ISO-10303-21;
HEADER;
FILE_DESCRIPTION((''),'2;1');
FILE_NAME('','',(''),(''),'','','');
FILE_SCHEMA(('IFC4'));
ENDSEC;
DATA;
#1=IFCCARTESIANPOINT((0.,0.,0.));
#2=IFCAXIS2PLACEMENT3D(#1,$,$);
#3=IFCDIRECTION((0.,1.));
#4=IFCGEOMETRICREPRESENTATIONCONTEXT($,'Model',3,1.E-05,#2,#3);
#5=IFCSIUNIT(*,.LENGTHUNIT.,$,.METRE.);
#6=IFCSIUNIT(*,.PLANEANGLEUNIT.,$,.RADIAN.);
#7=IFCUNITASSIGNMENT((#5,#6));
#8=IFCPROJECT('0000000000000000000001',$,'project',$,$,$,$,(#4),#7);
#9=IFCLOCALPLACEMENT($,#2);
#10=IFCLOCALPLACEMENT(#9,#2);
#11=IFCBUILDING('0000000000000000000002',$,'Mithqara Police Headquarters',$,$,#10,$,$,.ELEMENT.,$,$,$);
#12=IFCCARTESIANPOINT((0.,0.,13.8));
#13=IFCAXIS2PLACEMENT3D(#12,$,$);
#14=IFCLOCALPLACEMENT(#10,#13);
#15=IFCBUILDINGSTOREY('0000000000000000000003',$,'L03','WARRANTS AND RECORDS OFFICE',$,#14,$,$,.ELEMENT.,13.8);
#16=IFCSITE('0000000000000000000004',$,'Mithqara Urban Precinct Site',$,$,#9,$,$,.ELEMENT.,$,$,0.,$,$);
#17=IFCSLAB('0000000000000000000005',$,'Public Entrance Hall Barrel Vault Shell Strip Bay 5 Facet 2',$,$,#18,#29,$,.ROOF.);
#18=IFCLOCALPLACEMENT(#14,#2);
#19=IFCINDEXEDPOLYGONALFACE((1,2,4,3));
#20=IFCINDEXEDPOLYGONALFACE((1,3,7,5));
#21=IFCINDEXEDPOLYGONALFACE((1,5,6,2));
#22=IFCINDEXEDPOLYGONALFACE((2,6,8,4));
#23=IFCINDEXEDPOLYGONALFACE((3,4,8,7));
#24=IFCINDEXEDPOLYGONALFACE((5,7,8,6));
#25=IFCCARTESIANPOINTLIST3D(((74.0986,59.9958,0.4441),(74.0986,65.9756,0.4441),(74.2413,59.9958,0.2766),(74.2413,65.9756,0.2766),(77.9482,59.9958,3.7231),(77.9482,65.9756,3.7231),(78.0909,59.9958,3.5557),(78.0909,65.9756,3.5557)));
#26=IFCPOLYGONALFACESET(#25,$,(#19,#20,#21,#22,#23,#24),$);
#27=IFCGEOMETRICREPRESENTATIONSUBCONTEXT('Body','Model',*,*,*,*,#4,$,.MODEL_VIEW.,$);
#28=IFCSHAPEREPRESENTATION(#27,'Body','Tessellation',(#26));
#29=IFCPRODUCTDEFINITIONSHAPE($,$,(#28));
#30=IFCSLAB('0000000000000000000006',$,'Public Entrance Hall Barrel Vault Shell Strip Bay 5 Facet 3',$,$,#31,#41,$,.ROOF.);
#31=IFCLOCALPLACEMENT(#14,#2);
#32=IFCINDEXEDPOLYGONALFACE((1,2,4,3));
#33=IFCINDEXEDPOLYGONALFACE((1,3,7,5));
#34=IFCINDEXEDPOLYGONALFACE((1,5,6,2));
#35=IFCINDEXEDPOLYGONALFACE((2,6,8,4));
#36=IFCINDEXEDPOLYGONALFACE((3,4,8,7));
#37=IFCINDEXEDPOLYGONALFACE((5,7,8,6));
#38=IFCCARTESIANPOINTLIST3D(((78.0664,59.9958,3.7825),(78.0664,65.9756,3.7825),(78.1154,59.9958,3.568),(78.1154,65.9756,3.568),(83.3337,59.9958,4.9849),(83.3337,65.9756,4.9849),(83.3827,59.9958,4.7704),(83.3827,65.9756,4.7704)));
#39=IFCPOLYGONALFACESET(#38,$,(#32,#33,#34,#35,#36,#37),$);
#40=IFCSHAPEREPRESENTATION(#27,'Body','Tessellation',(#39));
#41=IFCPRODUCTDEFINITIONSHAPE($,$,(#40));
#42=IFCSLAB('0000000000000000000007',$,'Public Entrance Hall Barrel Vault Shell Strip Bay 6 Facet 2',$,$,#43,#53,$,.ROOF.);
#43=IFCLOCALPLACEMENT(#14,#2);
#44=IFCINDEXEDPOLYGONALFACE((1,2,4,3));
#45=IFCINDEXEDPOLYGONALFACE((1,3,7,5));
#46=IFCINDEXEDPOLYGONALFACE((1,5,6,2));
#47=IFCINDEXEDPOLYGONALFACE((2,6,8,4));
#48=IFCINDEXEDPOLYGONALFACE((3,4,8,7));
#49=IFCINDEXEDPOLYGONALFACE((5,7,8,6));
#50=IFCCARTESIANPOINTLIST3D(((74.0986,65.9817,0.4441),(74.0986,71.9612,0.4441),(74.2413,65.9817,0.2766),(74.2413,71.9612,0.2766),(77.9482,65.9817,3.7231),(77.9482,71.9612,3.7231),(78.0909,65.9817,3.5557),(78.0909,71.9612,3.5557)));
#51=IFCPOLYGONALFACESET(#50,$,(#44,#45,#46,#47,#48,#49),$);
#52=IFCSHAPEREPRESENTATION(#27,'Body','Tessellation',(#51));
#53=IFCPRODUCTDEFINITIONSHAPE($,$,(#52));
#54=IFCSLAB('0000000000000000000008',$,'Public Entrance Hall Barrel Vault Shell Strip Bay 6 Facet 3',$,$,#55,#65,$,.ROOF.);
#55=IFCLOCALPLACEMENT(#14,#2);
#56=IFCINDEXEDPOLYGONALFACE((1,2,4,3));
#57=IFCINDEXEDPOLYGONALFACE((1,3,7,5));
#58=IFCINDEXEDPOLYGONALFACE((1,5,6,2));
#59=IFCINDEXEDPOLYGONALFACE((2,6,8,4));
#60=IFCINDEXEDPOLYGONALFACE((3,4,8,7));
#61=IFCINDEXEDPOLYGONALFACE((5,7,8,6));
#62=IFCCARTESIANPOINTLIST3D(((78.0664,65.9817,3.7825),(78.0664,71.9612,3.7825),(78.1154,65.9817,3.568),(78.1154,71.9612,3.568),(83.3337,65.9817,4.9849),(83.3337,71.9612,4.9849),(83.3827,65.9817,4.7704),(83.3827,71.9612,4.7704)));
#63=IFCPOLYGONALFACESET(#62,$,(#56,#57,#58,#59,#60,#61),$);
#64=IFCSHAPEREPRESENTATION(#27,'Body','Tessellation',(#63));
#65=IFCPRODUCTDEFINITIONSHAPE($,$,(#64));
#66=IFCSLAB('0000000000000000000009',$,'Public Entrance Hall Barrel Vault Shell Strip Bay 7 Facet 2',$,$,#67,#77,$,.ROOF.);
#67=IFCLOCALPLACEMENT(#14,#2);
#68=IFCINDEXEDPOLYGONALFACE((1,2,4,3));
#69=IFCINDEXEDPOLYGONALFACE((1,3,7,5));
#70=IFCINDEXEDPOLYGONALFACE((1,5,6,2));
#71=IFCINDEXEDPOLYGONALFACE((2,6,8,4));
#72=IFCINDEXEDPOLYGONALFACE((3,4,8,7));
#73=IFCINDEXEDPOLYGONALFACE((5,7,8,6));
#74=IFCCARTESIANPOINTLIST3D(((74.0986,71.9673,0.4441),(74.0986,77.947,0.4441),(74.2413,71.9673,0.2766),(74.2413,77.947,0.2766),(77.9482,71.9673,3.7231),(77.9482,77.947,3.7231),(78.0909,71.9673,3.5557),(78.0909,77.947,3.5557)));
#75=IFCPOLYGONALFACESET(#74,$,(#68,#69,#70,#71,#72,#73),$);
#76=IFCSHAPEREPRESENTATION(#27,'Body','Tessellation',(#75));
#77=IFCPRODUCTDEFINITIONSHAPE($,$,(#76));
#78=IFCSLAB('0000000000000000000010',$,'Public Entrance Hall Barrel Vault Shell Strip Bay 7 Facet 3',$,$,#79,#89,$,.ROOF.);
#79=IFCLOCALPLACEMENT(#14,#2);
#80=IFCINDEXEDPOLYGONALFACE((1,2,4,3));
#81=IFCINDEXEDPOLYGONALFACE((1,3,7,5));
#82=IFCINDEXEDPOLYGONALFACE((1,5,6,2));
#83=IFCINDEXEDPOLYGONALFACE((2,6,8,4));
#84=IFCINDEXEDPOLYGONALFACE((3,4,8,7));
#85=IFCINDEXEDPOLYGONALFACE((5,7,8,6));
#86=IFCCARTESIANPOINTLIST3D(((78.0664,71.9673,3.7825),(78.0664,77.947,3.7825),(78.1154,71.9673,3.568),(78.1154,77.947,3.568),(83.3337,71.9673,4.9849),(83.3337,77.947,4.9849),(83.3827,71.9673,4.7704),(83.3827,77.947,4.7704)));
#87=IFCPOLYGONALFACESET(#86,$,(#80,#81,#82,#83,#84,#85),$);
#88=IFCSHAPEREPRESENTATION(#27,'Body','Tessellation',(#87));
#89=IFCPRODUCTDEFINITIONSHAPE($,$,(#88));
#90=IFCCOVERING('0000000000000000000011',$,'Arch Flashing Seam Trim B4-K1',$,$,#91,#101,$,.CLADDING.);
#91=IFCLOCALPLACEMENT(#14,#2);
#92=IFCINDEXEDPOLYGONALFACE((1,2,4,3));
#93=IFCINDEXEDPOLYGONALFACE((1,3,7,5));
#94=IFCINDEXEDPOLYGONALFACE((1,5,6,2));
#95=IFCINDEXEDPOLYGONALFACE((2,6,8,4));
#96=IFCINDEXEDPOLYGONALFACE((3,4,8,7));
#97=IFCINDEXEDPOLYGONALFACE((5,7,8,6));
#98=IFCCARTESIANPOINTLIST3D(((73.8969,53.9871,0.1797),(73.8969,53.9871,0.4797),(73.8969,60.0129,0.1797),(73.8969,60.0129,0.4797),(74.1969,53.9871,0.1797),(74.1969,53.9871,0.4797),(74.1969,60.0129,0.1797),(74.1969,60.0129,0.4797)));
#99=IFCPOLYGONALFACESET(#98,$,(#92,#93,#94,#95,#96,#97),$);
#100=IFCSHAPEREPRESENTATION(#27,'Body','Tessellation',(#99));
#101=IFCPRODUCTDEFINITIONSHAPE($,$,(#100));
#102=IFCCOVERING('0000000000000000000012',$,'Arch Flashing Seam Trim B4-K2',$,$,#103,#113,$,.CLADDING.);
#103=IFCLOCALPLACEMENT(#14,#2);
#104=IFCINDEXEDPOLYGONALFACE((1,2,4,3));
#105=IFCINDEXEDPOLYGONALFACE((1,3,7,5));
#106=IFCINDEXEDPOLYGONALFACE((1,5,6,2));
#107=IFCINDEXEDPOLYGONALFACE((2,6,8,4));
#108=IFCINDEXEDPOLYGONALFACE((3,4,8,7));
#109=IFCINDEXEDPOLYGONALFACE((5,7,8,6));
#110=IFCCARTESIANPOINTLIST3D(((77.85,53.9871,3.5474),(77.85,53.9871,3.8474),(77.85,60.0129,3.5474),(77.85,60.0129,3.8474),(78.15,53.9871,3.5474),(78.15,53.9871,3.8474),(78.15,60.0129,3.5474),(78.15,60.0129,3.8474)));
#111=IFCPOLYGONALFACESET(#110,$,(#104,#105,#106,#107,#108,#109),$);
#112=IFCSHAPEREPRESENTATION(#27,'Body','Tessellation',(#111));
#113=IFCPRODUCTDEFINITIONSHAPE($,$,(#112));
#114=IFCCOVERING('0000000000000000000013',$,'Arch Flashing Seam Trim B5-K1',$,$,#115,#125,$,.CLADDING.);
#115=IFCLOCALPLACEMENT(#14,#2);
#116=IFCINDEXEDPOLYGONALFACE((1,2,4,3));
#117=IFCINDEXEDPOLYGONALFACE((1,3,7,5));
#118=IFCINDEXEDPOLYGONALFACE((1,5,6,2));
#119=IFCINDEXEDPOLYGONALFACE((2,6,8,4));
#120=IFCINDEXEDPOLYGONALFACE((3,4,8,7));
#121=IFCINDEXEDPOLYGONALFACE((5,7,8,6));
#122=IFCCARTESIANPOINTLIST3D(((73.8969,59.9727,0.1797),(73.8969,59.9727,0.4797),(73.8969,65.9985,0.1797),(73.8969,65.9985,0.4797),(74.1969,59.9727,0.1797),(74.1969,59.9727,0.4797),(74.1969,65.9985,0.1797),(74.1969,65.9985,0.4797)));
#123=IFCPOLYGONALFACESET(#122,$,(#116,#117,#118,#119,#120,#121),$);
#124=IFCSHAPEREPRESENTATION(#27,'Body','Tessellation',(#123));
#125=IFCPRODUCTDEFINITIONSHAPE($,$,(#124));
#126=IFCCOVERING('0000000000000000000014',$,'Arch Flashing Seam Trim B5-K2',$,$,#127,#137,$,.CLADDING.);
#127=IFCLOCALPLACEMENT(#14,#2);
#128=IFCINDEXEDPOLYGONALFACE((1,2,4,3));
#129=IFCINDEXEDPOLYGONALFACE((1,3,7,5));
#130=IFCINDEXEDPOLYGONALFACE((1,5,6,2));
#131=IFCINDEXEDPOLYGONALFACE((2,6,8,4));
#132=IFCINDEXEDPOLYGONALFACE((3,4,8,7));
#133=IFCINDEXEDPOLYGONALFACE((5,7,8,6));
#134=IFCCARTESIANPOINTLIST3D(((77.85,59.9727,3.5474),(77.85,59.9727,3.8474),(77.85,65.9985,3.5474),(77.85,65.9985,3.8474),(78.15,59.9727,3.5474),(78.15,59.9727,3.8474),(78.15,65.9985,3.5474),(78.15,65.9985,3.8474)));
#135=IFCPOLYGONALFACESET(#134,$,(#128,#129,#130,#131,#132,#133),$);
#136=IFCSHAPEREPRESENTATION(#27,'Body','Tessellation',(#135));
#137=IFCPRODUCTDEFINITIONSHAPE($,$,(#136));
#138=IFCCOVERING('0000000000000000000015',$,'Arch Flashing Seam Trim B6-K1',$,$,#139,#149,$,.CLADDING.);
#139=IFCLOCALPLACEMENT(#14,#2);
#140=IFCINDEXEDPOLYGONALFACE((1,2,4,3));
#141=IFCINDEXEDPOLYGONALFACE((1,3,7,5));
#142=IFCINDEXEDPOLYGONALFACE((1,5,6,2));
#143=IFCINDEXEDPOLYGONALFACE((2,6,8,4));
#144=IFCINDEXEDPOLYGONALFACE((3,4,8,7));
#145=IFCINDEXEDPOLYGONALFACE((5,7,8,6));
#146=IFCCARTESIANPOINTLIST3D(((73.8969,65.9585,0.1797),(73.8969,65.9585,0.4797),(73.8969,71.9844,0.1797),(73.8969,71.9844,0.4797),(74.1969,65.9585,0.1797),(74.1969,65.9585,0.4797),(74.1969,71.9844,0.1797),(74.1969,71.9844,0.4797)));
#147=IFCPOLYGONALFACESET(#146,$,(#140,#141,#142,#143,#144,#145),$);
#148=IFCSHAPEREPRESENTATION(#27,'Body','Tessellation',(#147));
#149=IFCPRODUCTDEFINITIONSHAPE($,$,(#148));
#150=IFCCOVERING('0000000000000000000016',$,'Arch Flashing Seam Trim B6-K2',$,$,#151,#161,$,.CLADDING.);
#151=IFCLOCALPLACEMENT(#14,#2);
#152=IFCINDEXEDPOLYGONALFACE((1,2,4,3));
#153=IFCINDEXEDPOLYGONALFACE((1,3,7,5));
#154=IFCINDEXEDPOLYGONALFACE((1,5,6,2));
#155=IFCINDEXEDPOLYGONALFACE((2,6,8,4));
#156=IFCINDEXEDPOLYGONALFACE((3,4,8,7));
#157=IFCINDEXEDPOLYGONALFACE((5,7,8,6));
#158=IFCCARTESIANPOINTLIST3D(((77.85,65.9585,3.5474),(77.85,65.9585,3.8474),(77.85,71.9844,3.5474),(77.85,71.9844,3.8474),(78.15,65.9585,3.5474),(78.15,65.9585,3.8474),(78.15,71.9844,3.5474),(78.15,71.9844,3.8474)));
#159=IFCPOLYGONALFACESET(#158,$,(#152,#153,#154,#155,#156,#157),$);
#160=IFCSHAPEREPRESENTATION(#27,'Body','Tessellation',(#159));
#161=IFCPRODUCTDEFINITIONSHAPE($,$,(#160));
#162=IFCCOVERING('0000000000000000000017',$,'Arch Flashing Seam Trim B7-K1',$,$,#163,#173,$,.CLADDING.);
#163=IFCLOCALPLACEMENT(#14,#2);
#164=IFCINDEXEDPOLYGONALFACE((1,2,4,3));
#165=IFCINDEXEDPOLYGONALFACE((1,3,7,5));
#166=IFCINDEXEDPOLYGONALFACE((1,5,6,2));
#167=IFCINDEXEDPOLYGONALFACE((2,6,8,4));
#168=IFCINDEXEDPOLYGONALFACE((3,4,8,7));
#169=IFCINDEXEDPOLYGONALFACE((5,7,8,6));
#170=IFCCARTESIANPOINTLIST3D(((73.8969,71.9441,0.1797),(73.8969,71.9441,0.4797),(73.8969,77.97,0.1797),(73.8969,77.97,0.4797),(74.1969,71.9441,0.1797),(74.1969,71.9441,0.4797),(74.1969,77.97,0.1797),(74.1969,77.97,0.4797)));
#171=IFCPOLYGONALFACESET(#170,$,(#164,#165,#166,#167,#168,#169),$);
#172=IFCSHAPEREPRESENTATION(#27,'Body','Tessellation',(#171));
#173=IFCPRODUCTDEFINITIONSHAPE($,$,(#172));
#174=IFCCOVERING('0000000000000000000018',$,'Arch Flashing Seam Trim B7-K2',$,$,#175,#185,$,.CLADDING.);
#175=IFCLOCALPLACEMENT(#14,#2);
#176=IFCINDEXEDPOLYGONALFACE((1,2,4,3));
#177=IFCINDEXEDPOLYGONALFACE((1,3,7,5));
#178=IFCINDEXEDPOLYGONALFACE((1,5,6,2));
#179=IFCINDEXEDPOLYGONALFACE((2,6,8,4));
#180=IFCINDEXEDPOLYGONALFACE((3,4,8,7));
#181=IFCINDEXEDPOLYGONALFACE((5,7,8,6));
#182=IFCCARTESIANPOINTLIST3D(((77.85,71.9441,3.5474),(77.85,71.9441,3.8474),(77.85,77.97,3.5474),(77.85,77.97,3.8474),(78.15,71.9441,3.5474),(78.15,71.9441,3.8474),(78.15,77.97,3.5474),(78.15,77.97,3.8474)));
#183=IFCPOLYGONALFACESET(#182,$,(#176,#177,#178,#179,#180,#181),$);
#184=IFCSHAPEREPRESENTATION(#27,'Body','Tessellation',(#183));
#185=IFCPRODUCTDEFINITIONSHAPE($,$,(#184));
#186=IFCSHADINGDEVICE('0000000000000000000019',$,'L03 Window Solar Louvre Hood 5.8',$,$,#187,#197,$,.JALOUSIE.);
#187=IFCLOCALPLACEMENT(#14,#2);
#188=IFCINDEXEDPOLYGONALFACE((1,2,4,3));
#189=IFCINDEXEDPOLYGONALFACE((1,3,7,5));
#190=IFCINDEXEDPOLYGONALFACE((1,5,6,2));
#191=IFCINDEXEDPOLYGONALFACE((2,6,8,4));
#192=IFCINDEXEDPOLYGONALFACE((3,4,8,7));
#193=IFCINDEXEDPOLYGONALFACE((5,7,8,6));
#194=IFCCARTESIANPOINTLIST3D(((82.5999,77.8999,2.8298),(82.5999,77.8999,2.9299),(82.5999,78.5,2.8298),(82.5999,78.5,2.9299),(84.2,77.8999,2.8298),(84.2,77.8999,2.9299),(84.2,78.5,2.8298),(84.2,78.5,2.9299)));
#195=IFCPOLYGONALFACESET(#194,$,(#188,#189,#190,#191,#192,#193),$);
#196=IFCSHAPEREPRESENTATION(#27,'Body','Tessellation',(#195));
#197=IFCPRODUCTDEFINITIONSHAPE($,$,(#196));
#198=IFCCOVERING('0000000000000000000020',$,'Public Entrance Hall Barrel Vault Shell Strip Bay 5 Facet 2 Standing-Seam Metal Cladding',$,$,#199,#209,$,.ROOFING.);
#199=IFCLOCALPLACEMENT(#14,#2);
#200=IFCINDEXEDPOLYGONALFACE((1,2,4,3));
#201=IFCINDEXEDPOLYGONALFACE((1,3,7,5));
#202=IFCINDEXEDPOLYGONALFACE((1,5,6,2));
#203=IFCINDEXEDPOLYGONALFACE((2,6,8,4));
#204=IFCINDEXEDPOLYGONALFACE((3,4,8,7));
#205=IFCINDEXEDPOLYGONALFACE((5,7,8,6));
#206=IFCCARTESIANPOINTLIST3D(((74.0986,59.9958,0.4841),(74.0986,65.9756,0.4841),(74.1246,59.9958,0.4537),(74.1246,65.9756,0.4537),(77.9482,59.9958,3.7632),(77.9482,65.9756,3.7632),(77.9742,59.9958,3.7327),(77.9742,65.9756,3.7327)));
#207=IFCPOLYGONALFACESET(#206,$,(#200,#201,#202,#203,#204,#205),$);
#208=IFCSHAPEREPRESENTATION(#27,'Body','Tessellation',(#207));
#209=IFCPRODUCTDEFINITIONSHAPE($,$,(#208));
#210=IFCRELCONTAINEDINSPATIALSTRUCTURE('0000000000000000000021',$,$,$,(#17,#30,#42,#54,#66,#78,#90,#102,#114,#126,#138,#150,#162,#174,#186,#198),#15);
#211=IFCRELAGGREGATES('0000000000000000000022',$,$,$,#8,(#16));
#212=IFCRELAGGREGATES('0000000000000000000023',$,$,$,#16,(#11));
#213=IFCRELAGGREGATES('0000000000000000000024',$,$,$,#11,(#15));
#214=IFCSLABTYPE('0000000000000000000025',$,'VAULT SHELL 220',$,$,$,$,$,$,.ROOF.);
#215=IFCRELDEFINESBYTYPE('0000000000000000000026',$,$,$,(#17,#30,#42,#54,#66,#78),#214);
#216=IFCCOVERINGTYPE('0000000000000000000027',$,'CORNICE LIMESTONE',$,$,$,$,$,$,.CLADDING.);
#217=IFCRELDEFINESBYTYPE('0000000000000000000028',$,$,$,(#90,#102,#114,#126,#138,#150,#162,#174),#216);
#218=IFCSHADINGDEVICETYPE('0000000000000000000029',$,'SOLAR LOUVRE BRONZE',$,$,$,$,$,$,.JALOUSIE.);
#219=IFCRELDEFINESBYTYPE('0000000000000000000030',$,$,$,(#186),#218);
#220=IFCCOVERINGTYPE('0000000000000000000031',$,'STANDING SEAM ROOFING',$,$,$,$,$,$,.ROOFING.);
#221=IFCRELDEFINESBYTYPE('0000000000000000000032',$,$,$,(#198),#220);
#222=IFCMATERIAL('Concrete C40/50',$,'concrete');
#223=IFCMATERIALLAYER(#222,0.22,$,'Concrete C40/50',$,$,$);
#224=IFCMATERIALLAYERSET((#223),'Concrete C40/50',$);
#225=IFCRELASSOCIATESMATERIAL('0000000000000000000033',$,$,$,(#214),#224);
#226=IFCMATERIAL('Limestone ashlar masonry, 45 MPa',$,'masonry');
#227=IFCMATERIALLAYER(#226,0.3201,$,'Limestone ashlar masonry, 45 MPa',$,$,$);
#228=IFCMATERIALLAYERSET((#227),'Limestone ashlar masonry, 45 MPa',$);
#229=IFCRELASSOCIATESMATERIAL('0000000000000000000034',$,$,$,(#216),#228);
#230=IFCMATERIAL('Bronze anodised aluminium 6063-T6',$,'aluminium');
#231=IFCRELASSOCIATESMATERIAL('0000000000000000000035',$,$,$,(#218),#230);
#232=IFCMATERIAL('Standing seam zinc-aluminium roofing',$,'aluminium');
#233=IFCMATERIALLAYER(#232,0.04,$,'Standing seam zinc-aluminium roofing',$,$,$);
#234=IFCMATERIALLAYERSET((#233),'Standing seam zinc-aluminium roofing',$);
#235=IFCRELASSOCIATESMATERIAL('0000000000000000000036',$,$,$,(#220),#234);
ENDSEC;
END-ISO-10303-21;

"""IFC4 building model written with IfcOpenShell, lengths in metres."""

from ifc_helpers import new_model, si_unit, direction, frame, origin, origin_2d, place, context, subcontext, project, spatial, polyline, rectangle, outline, extrude, material, layer, layer_set, type_object, element, save


model = new_model("IFC4")

# Units and contexts
model_context = context("Model", 3, precision=1e-05, world=origin(), true_north=direction((0.0, 1.0)))
body_context = subcontext(model_context, "Body", "Model", "MODEL_VIEW")
ifc_project = project(units=[si_unit("LENGTHUNIT", "METRE"), si_unit("PLANEANGLEUNIT", "RADIAN")], contexts=[model_context])

# Site, building, storey
site_placement = place(None, origin())
site = spatial("IfcSite", under=ifc_project, at=site_placement, Name="Mithqara Urban Precinct Site", CompositionType="ELEMENT", RefElevation=0.0)
building_placement = place(site_placement, origin())
building = spatial("IfcBuilding", under=site, at=building_placement, Name="Mithqara Police Headquarters", CompositionType="ELEMENT")
storey_placement = place(building_placement, frame((0.0, 0.0, 13.8)))
storey = spatial("IfcBuildingStorey", under=building, at=storey_placement, Name="L03", Description="WARRANTS AND RECORDS OFFICE", CompositionType="ELEMENT", Elevation=13.8)

# Slabs
ifc_material_1 = material(Name="Concrete C40/50", Category="concrete")
ifc_layer_1 = layer(ifc_material_1, 0.22, Name="Concrete C40/50")
ifc_layer_set_1 = layer_set([ifc_layer_1], Name="Concrete C40/50")
slab_type = type_object("IfcSlabType", Name="VAULT SHELL 220", PredefinedType="ROOF", material=ifc_layer_set_1)
slab_1_placement = place(storey_placement, frame((74.0986, 59.9958, 0.4441), z_axis=(-0.648438, 0.0, 0.761267), x_axis=(0.761267, 0.0, 0.648438)))
element("IfcSlab", 1, at=slab_1_placement, inside=storey, type_object=slab_type, Name="Public Entrance Hall Barrel Vault Shell Strip Bay 5 Facet 2", PredefinedType="ROOF", context=body_context, shape_type="SweptSolid", body=[
    extrude(outline(polyline([(0.0, 0.0), (5.0568, 0.0), (5.0568, 5.9797), (0.0, 5.9797), (0.0, 0.0)])), origin(), (0.0, 0.0, -1.0), 0.22),
])
slab_2_placement = place(storey_placement, frame((78.0664, 59.9958, 3.7825), z_axis=(-0.222549, 0.0, 0.974922), x_axis=(0.974922, 0.0, 0.222549)))
element("IfcSlab", 2, at=slab_2_placement, inside=storey, type_object=slab_type, Name="Public Entrance Hall Barrel Vault Shell Strip Bay 5 Facet 3", PredefinedType="ROOF", context=body_context, shape_type="SweptSolid", body=[
    extrude(outline(polyline([(0.0, 0.0), (5.4028, 0.0), (5.4028, 5.9797), (0.0, 5.9797), (0.0, 0.0)])), origin(), (0.0, 0.0, -1.0), 0.22),
])
slab_3_placement = place(storey_placement, frame((74.0986, 65.9817, 0.4441), z_axis=(-0.648438, 0.0, 0.761267), x_axis=(0.761267, 0.0, 0.648438)))
element("IfcSlab", 3, at=slab_3_placement, inside=storey, type_object=slab_type, Name="Public Entrance Hall Barrel Vault Shell Strip Bay 6 Facet 2", PredefinedType="ROOF", context=body_context, shape_type="SweptSolid", body=[
    extrude(outline(polyline([(0.0, 0.0), (5.0568, 0.0), (5.0568, 5.9795), (0.0, 5.9795), (0.0, 0.0)])), origin(), (0.0, 0.0, -1.0), 0.22),
])
slab_4_placement = place(storey_placement, frame((78.0664, 65.9817, 3.7825), z_axis=(-0.222549, 0.0, 0.974922), x_axis=(0.974922, 0.0, 0.222549)))
element("IfcSlab", 4, at=slab_4_placement, inside=storey, type_object=slab_type, Name="Public Entrance Hall Barrel Vault Shell Strip Bay 6 Facet 3", PredefinedType="ROOF", context=body_context, shape_type="SweptSolid", body=[
    extrude(outline(polyline([(0.0, 0.0), (5.4028, 0.0), (5.4028, 5.9795), (0.0, 5.9795), (0.0, 0.0)])), origin(), (0.0, 0.0, -1.0), 0.22),
])
slab_5_placement = place(storey_placement, frame((74.0986, 71.9673, 0.4441), z_axis=(-0.648438, 0.0, 0.761267), x_axis=(0.761267, 0.0, 0.648438)))
element("IfcSlab", 5, at=slab_5_placement, inside=storey, type_object=slab_type, Name="Public Entrance Hall Barrel Vault Shell Strip Bay 7 Facet 2", PredefinedType="ROOF", context=body_context, shape_type="SweptSolid", body=[
    extrude(outline(polyline([(0.0, 0.0), (5.0568, 0.0), (5.0568, 5.9797), (0.0, 5.9797), (0.0, 0.0)])), origin(), (0.0, 0.0, -1.0), 0.22),
])
slab_6_placement = place(storey_placement, frame((78.0664, 71.9673, 3.7825), z_axis=(-0.222549, 0.0, 0.974922), x_axis=(0.974922, 0.0, 0.222549)))
element("IfcSlab", 6, at=slab_6_placement, inside=storey, type_object=slab_type, Name="Public Entrance Hall Barrel Vault Shell Strip Bay 7 Facet 3", PredefinedType="ROOF", context=body_context, shape_type="SweptSolid", body=[
    extrude(outline(polyline([(0.0, 0.0), (5.4028, 0.0), (5.4028, 5.9797), (0.0, 5.9797), (0.0, 0.0)])), origin(), (0.0, 0.0, -1.0), 0.22),
])

# Coverings
ifc_material_2 = material(Name="Limestone ashlar masonry, 45 MPa", Category="masonry")
ifc_layer_2 = layer(ifc_material_2, 0.3201, Name="Limestone ashlar masonry, 45 MPa")
ifc_layer_set_2 = layer_set([ifc_layer_2], Name="Limestone ashlar masonry, 45 MPa")
covering_type_1 = type_object("IfcCoveringType", Name="CORNICE LIMESTONE", PredefinedType="CLADDING", material=ifc_layer_set_2)
for number, where, z_axis, x_axis, name in (
    (7, (74.0469, 57.0, 0.1797), (0.0, 0.0, 1.0), (1.0, 0.0, 0.0), "Arch Flashing Seam Trim B4-K1"),
    (8, (78.0, 57.0, 3.5474), (0.0, 0.0, 1.0), (1.0, 0.0, 0.0), "Arch Flashing Seam Trim B4-K2"),
    (9, (74.0469, 62.9856, 0.1797), (0.0, 0.0, 1.0), (1.0, 0.0, 0.0), "Arch Flashing Seam Trim B5-K1"),
    (10, (78.0, 62.9856, 3.5474), (0.0, 0.0, 1.0), (1.0, 0.0, 0.0), "Arch Flashing Seam Trim B5-K2"),
    (11, (74.0469, 68.9714, 0.1797), (0.0, 0.0, 1.0), (1.0, 0.0, 0.0), "Arch Flashing Seam Trim B6-K1"),
    (12, (78.0, 68.9714, 3.5474), (0.0, 0.0, 1.0), (1.0, 0.0, 0.0), "Arch Flashing Seam Trim B6-K2"),
    (13, (74.0469, 74.957, 0.1797), (0.0, 0.0, 1.0), (1.0, 0.0, 0.0), "Arch Flashing Seam Trim B7-K1"),
    (14, (78.0, 74.957, 3.5474), (0.0, 0.0, 1.0), (1.0, 0.0, 0.0), "Arch Flashing Seam Trim B7-K2"),
):
    element("IfcCovering", number, at=place(storey_placement, frame(where, z_axis=z_axis, x_axis=x_axis)), inside=storey, type_object=covering_type_1, Name=name, PredefinedType="CLADDING", context=body_context, shape_type="SweptSolid", body=[
        extrude(rectangle(XDim=0.3, YDim=6.0259, at=origin_2d()), origin(), (0.0, 0.0, 1.0), 0.3),
    ])

# Shading device
ifc_material_3 = material(Name="Bronze anodised aluminium 6063-T6", Category="aluminium")
shading_device_type = type_object("IfcShadingDeviceType", Name="SOLAR LOUVRE BRONZE", PredefinedType="JALOUSIE", material=ifc_material_3)
shading_device_placement = place(storey_placement, frame((83.3999, 78.2, 2.8298), z_axis=(0.0, 0.0, 1.0), x_axis=(1.0, 0.0, 0.0)))
element("IfcShadingDevice", 15, at=shading_device_placement, inside=storey, type_object=shading_device_type, Name="L03 Window Solar Louvre Hood 5.8", PredefinedType="JALOUSIE", context=body_context, shape_type="SweptSolid", body=[
    extrude(rectangle(XDim=1.6001, YDim=0.6001, at=origin_2d()), origin(), (0.0, 0.0, 1.0), 0.1001),
])

# Covering
ifc_material_4 = material(Name="Standing seam zinc-aluminium roofing", Category="aluminium")
ifc_layer_3 = layer(ifc_material_4, 0.04, Name="Standing seam zinc-aluminium roofing")
ifc_layer_set_3 = layer_set([ifc_layer_3], Name="Standing seam zinc-aluminium roofing")
covering_type_2 = type_object("IfcCoveringType", Name="STANDING SEAM ROOFING", PredefinedType="ROOFING", material=ifc_layer_set_3)
covering_1_placement = place(storey_placement, frame((74.0986, 59.9958, 0.4841), z_axis=(-0.648438, 0.0, 0.761267), x_axis=(0.761267, 0.0, 0.648438)))
element("IfcCovering", 16, at=covering_1_placement, inside=storey, type_object=covering_type_2, Name="Public Entrance Hall Barrel Vault Shell Strip Bay 5 Facet 2 Standing-Seam Metal Cladding", PredefinedType="ROOFING", context=body_context, shape_type="SweptSolid", body=[
    extrude(outline(polyline([(0.0, 0.0), (5.0568, 0.0), (5.0568, 5.9797), (0.0, 5.9797), (0.0, 0.0)])), origin(), (0.0, 0.0, -1.0), 0.04),
])

save(model, "model.ifc")
